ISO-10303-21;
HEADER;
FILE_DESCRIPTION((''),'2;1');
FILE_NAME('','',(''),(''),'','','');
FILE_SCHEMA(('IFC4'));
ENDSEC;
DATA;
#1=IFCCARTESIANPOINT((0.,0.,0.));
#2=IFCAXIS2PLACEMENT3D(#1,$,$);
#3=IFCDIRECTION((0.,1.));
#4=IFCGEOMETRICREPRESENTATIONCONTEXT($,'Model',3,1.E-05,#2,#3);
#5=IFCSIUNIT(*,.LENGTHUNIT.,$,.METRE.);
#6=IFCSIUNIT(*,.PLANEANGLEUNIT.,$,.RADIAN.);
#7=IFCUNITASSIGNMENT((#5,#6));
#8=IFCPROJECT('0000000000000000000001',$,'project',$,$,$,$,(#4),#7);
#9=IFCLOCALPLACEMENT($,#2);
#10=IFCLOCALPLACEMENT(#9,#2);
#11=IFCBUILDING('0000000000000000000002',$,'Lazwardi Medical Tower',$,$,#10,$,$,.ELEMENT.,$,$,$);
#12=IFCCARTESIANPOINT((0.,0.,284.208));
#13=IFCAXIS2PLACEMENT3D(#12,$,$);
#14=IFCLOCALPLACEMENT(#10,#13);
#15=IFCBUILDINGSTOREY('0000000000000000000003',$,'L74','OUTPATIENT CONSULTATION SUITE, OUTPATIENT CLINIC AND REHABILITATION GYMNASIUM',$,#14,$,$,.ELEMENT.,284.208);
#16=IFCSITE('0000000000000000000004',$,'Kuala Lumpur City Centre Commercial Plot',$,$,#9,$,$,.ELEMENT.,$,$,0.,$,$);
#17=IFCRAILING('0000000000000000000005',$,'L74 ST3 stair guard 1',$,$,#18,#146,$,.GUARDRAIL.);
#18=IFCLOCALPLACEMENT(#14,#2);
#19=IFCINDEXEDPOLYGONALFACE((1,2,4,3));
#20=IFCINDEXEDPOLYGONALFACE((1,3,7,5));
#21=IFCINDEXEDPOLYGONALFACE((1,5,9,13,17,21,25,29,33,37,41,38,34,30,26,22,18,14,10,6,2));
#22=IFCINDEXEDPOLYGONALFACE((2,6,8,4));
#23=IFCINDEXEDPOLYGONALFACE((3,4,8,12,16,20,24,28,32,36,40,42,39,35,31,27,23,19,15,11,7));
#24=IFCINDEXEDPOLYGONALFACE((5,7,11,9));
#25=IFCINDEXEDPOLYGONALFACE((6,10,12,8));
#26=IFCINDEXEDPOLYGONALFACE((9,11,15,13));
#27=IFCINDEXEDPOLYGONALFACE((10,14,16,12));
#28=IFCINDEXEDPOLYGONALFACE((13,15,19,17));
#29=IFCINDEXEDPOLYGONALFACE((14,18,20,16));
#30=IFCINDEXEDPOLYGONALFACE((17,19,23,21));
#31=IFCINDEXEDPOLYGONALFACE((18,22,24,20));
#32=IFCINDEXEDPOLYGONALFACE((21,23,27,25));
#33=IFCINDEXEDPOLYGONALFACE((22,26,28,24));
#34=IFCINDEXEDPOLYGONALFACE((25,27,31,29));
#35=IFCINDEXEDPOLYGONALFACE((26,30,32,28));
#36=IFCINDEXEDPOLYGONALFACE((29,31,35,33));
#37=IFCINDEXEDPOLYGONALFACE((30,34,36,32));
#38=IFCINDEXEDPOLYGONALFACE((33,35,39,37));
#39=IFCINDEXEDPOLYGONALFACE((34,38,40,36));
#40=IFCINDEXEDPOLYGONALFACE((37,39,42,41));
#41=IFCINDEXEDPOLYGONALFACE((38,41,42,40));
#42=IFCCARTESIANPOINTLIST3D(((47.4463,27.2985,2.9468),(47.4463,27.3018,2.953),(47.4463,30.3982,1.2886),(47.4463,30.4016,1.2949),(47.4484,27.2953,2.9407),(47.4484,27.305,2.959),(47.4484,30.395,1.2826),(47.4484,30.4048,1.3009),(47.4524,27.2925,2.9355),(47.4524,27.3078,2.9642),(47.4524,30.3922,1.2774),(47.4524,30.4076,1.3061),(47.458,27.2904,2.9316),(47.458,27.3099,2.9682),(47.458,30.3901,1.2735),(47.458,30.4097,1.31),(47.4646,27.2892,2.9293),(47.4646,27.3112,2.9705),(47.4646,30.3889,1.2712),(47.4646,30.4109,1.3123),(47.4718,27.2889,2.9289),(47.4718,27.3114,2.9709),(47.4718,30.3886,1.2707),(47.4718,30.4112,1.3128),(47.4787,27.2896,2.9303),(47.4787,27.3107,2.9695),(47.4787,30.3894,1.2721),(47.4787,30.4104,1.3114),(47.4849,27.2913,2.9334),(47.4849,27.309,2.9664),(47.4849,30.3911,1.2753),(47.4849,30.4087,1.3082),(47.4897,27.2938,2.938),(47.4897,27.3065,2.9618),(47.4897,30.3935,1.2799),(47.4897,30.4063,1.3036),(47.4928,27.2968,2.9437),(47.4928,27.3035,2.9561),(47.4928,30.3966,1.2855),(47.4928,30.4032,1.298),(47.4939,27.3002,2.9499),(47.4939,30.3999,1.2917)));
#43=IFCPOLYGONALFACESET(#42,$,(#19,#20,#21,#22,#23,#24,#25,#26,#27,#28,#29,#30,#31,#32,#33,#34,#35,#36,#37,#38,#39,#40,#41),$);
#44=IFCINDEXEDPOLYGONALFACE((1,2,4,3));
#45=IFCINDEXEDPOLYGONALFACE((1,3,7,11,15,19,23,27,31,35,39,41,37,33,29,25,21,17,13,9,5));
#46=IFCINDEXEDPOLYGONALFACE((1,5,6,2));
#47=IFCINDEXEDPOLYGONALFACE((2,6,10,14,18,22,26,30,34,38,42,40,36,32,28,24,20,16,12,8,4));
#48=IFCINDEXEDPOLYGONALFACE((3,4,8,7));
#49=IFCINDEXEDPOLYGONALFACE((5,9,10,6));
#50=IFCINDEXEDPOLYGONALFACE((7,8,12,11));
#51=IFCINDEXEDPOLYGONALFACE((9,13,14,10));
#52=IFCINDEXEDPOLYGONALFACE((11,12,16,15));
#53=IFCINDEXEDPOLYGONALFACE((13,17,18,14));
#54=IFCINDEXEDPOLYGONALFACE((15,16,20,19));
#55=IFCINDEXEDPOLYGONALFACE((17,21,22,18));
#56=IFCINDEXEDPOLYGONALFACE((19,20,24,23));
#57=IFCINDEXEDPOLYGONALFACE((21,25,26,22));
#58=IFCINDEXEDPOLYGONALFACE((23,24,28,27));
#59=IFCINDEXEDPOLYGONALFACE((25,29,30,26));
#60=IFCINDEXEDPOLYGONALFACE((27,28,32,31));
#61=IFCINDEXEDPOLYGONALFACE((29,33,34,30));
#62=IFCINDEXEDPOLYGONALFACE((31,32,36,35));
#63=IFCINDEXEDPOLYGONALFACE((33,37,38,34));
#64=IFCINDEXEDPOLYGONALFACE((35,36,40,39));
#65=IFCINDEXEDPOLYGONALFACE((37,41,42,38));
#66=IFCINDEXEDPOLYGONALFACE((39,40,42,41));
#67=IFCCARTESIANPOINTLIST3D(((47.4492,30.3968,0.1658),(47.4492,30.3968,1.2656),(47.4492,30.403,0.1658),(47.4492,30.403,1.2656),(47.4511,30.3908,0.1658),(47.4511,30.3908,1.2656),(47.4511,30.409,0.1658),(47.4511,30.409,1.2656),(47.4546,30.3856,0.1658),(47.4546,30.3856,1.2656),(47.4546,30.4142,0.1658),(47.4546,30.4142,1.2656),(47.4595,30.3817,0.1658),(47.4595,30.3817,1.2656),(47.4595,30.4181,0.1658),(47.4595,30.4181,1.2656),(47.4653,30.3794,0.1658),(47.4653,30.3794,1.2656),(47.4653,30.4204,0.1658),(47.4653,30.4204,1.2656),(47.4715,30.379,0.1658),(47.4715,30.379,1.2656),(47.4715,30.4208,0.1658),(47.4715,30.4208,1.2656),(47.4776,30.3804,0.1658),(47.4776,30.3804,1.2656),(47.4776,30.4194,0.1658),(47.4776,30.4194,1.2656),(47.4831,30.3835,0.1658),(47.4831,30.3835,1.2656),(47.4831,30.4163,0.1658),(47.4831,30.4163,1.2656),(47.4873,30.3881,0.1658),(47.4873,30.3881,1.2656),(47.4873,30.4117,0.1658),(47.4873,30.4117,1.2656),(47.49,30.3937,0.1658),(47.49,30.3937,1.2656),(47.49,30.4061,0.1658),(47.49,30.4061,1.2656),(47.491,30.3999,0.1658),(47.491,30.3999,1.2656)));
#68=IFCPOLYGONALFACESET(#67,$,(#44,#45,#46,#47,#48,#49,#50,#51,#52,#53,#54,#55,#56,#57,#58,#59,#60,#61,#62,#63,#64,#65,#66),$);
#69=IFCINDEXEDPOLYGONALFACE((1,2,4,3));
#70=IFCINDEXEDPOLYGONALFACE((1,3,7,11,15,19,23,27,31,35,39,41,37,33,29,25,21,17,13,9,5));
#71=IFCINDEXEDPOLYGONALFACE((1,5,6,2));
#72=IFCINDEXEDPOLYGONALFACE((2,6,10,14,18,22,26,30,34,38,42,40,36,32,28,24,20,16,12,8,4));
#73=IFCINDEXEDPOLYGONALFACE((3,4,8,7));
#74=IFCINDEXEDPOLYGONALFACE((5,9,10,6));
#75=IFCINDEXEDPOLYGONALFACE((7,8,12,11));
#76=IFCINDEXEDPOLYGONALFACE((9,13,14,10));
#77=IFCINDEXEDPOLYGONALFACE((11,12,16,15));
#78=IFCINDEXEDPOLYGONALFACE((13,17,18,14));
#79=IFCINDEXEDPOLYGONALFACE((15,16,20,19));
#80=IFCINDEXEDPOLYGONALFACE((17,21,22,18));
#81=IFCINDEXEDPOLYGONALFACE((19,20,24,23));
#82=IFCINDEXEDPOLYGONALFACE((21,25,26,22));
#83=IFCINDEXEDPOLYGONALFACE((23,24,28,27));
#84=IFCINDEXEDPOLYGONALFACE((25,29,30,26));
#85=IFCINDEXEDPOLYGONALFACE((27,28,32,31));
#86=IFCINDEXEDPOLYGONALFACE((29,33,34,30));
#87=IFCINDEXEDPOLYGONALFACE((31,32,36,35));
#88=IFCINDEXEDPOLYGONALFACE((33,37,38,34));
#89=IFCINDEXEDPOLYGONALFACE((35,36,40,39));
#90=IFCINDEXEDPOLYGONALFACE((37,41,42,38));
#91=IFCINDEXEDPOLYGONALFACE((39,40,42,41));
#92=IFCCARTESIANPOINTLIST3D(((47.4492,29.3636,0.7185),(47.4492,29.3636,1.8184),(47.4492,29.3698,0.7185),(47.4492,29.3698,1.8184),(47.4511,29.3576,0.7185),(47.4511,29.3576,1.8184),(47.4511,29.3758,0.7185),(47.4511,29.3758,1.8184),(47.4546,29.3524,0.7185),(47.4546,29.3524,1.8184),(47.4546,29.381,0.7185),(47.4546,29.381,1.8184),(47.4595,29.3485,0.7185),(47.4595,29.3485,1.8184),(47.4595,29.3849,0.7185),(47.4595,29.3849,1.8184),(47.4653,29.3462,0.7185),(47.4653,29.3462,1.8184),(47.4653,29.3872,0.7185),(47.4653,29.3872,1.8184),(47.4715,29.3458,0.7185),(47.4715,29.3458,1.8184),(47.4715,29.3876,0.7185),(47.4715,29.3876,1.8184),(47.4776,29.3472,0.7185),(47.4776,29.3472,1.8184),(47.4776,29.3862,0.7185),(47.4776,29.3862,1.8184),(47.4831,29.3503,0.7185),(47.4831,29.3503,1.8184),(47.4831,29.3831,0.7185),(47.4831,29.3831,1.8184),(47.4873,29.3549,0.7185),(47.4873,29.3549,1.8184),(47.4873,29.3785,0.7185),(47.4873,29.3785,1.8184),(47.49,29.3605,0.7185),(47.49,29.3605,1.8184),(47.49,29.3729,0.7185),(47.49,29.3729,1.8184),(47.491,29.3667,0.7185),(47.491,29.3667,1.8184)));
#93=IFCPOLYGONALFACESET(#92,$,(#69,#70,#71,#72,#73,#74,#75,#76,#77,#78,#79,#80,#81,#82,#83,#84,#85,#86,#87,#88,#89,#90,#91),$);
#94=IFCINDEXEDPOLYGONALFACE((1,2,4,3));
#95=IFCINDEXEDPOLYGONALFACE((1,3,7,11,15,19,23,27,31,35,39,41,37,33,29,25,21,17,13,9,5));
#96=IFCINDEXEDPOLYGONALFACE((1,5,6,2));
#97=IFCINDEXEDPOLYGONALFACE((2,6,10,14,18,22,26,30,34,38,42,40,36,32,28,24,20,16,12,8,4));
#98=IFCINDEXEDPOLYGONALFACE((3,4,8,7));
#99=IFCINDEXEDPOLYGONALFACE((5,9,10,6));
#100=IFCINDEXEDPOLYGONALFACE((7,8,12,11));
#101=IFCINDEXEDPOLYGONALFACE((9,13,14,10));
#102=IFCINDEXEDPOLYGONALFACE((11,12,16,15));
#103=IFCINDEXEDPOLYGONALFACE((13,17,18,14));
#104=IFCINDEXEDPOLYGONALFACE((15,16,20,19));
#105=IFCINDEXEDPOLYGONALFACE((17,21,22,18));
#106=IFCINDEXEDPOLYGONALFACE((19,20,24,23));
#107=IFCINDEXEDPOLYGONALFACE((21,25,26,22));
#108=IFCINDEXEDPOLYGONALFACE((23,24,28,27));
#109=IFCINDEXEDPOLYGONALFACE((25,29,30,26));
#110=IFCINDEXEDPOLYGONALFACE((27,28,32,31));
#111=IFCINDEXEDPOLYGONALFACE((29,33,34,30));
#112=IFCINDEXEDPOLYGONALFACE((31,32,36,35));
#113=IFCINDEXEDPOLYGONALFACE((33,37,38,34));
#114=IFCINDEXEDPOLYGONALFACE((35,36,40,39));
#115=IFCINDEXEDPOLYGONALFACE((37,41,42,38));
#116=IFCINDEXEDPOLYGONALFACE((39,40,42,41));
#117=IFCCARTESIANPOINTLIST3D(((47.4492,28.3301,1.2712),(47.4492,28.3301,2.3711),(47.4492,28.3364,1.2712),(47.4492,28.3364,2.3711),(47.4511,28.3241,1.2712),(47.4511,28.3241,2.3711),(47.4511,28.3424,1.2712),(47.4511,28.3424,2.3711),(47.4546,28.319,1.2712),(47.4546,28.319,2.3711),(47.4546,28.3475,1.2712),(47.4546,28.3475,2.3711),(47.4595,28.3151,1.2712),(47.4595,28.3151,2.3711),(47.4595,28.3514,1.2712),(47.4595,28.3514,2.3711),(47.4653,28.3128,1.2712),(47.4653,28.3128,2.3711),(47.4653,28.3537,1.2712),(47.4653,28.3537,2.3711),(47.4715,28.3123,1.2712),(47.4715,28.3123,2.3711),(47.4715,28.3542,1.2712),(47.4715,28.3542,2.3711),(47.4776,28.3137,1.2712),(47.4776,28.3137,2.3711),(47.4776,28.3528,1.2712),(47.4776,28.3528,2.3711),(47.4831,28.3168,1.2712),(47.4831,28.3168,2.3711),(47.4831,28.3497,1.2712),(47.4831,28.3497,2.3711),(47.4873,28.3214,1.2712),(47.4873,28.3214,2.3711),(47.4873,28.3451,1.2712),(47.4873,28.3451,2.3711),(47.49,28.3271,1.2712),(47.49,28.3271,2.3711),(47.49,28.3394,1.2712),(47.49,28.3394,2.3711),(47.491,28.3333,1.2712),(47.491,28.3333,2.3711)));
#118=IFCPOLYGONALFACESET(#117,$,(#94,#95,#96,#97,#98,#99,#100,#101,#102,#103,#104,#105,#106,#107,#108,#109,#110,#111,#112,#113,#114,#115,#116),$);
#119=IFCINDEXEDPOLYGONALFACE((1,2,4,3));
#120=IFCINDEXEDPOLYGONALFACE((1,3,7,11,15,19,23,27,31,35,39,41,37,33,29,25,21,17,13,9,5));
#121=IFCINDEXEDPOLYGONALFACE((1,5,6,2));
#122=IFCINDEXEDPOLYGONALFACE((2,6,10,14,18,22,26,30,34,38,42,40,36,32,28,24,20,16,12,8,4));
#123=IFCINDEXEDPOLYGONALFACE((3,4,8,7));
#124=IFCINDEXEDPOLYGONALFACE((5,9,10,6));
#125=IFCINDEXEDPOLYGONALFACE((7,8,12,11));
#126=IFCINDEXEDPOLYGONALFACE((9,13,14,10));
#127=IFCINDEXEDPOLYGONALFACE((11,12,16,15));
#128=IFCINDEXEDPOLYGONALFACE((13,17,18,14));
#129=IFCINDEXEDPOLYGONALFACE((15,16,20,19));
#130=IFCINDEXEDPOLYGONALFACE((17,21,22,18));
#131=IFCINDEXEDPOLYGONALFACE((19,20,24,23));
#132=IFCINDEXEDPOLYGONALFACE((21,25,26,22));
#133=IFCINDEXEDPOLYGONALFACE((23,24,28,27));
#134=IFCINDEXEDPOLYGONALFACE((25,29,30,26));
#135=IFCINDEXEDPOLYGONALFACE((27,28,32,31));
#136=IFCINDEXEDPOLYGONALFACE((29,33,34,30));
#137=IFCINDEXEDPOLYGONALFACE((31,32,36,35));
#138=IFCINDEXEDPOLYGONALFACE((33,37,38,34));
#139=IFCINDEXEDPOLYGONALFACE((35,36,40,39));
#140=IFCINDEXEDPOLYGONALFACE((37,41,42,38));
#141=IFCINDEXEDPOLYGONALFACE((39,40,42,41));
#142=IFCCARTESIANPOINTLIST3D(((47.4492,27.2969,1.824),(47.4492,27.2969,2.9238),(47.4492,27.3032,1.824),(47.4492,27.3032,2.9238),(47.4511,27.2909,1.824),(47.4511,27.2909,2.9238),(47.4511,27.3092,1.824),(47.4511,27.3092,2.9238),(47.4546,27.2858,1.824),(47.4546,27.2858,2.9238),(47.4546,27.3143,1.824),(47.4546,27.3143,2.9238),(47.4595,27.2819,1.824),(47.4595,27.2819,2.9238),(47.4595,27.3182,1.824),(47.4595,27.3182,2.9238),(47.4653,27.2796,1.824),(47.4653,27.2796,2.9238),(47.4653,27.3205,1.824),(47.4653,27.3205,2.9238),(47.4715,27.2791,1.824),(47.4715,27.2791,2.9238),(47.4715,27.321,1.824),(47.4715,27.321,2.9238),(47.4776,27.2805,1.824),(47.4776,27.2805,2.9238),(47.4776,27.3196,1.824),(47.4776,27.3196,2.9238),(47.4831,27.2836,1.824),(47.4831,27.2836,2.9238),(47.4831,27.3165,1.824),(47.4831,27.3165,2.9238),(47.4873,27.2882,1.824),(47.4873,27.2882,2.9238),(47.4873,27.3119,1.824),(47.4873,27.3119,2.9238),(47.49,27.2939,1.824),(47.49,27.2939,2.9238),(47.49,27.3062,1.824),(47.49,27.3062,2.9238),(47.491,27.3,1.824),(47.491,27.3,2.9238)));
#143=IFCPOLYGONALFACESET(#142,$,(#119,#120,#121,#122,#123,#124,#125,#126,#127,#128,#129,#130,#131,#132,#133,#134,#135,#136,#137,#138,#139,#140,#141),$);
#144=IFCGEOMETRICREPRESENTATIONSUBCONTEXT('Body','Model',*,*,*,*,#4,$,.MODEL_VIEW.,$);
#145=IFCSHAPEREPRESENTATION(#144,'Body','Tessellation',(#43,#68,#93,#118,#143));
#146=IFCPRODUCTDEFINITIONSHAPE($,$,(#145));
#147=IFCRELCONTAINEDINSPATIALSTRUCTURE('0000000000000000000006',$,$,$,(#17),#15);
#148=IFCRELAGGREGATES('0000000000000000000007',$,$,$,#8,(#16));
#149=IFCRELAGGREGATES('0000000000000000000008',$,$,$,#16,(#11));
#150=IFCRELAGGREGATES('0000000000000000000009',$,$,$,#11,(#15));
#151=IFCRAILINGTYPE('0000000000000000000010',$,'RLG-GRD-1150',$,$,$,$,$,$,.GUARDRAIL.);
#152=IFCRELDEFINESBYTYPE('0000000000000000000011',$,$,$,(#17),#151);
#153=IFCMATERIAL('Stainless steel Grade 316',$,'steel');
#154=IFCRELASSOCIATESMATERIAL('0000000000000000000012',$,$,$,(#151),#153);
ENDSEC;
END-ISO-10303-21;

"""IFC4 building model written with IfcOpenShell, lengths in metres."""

from ifc_helpers import new_model, si_unit, direction, frame, origin, origin_2d, place, context, subcontext, project, spatial, circle, extrude, material, type_object, element, save


model = new_model("IFC4")

# Units and contexts
model_context = context("Model", 3, precision=1e-05, world=origin(), true_north=direction((0.0, 1.0)))
body_context = subcontext(model_context, "Body", "Model", "MODEL_VIEW")
ifc_project = project(units=[si_unit("LENGTHUNIT", "METRE"), si_unit("PLANEANGLEUNIT", "RADIAN")], contexts=[model_context])

# Site, building, storey
site_placement = place(None, origin())
site = spatial("IfcSite", under=ifc_project, at=site_placement, Name="Kuala Lumpur City Centre Commercial Plot", CompositionType="ELEMENT", RefElevation=0.0)
building_placement = place(site_placement, origin())
building = spatial("IfcBuilding", under=site, at=building_placement, Name="Lazwardi Medical Tower", CompositionType="ELEMENT")
storey_placement = place(building_placement, frame((0.0, 0.0, 284.208)))
storey = spatial("IfcBuildingStorey", under=building, at=storey_placement, Name="L74", Description="OUTPATIENT CONSULTATION SUITE, OUTPATIENT CLINIC AND REHABILITATION GYMNASIUM", CompositionType="ELEMENT", Elevation=284.208)

# Railing
ifc_material_1 = material(Name="Stainless steel Grade 316", Category="steel")
railing_type_1 = type_object("IfcRailingType", Name="RLG-GRD-1150", PredefinedType="GUARDRAIL", material=ifc_material_1)
railing_1_placement = place(storey_placement, frame((47.47, 30.3999, 0.1658)))
element("IfcRailing", 1, at=railing_1_placement, inside=storey, type_object=railing_type_1, Name="L74 ST3 stair guard 1", PredefinedType="GUARDRAIL", context=body_context, shape_type="SweptSolid", body=[
    extrude(circle(Radius=0.0239, at=origin_2d()), frame((0.0, 0.0, 1.126), z_axis=(0.0, -0.881768, 0.471684), x_axis=(1.0, 0.0, 0.0)), (0.0, 0.0, 1.0), 3.5154),
    extrude(circle(Radius=0.021, at=origin_2d()), origin(), (0.0, 0.0, 1.0), 1.0999),
    extrude(circle(Radius=0.021, at=origin_2d()), frame((0.0, -1.0332, 0.5527)), (0.0, 0.0, 1.0), 1.0999),
    extrude(circle(Radius=0.021, at=origin_2d()), frame((0.0, -2.0667, 1.1055)), (0.0, 0.0, 1.0), 1.0999),
    extrude(circle(Radius=0.021, at=origin_2d()), frame((0.0, -3.0999, 1.6582)), (0.0, 0.0, 1.0), 1.0999),
])

save(model, "model.ifc")
